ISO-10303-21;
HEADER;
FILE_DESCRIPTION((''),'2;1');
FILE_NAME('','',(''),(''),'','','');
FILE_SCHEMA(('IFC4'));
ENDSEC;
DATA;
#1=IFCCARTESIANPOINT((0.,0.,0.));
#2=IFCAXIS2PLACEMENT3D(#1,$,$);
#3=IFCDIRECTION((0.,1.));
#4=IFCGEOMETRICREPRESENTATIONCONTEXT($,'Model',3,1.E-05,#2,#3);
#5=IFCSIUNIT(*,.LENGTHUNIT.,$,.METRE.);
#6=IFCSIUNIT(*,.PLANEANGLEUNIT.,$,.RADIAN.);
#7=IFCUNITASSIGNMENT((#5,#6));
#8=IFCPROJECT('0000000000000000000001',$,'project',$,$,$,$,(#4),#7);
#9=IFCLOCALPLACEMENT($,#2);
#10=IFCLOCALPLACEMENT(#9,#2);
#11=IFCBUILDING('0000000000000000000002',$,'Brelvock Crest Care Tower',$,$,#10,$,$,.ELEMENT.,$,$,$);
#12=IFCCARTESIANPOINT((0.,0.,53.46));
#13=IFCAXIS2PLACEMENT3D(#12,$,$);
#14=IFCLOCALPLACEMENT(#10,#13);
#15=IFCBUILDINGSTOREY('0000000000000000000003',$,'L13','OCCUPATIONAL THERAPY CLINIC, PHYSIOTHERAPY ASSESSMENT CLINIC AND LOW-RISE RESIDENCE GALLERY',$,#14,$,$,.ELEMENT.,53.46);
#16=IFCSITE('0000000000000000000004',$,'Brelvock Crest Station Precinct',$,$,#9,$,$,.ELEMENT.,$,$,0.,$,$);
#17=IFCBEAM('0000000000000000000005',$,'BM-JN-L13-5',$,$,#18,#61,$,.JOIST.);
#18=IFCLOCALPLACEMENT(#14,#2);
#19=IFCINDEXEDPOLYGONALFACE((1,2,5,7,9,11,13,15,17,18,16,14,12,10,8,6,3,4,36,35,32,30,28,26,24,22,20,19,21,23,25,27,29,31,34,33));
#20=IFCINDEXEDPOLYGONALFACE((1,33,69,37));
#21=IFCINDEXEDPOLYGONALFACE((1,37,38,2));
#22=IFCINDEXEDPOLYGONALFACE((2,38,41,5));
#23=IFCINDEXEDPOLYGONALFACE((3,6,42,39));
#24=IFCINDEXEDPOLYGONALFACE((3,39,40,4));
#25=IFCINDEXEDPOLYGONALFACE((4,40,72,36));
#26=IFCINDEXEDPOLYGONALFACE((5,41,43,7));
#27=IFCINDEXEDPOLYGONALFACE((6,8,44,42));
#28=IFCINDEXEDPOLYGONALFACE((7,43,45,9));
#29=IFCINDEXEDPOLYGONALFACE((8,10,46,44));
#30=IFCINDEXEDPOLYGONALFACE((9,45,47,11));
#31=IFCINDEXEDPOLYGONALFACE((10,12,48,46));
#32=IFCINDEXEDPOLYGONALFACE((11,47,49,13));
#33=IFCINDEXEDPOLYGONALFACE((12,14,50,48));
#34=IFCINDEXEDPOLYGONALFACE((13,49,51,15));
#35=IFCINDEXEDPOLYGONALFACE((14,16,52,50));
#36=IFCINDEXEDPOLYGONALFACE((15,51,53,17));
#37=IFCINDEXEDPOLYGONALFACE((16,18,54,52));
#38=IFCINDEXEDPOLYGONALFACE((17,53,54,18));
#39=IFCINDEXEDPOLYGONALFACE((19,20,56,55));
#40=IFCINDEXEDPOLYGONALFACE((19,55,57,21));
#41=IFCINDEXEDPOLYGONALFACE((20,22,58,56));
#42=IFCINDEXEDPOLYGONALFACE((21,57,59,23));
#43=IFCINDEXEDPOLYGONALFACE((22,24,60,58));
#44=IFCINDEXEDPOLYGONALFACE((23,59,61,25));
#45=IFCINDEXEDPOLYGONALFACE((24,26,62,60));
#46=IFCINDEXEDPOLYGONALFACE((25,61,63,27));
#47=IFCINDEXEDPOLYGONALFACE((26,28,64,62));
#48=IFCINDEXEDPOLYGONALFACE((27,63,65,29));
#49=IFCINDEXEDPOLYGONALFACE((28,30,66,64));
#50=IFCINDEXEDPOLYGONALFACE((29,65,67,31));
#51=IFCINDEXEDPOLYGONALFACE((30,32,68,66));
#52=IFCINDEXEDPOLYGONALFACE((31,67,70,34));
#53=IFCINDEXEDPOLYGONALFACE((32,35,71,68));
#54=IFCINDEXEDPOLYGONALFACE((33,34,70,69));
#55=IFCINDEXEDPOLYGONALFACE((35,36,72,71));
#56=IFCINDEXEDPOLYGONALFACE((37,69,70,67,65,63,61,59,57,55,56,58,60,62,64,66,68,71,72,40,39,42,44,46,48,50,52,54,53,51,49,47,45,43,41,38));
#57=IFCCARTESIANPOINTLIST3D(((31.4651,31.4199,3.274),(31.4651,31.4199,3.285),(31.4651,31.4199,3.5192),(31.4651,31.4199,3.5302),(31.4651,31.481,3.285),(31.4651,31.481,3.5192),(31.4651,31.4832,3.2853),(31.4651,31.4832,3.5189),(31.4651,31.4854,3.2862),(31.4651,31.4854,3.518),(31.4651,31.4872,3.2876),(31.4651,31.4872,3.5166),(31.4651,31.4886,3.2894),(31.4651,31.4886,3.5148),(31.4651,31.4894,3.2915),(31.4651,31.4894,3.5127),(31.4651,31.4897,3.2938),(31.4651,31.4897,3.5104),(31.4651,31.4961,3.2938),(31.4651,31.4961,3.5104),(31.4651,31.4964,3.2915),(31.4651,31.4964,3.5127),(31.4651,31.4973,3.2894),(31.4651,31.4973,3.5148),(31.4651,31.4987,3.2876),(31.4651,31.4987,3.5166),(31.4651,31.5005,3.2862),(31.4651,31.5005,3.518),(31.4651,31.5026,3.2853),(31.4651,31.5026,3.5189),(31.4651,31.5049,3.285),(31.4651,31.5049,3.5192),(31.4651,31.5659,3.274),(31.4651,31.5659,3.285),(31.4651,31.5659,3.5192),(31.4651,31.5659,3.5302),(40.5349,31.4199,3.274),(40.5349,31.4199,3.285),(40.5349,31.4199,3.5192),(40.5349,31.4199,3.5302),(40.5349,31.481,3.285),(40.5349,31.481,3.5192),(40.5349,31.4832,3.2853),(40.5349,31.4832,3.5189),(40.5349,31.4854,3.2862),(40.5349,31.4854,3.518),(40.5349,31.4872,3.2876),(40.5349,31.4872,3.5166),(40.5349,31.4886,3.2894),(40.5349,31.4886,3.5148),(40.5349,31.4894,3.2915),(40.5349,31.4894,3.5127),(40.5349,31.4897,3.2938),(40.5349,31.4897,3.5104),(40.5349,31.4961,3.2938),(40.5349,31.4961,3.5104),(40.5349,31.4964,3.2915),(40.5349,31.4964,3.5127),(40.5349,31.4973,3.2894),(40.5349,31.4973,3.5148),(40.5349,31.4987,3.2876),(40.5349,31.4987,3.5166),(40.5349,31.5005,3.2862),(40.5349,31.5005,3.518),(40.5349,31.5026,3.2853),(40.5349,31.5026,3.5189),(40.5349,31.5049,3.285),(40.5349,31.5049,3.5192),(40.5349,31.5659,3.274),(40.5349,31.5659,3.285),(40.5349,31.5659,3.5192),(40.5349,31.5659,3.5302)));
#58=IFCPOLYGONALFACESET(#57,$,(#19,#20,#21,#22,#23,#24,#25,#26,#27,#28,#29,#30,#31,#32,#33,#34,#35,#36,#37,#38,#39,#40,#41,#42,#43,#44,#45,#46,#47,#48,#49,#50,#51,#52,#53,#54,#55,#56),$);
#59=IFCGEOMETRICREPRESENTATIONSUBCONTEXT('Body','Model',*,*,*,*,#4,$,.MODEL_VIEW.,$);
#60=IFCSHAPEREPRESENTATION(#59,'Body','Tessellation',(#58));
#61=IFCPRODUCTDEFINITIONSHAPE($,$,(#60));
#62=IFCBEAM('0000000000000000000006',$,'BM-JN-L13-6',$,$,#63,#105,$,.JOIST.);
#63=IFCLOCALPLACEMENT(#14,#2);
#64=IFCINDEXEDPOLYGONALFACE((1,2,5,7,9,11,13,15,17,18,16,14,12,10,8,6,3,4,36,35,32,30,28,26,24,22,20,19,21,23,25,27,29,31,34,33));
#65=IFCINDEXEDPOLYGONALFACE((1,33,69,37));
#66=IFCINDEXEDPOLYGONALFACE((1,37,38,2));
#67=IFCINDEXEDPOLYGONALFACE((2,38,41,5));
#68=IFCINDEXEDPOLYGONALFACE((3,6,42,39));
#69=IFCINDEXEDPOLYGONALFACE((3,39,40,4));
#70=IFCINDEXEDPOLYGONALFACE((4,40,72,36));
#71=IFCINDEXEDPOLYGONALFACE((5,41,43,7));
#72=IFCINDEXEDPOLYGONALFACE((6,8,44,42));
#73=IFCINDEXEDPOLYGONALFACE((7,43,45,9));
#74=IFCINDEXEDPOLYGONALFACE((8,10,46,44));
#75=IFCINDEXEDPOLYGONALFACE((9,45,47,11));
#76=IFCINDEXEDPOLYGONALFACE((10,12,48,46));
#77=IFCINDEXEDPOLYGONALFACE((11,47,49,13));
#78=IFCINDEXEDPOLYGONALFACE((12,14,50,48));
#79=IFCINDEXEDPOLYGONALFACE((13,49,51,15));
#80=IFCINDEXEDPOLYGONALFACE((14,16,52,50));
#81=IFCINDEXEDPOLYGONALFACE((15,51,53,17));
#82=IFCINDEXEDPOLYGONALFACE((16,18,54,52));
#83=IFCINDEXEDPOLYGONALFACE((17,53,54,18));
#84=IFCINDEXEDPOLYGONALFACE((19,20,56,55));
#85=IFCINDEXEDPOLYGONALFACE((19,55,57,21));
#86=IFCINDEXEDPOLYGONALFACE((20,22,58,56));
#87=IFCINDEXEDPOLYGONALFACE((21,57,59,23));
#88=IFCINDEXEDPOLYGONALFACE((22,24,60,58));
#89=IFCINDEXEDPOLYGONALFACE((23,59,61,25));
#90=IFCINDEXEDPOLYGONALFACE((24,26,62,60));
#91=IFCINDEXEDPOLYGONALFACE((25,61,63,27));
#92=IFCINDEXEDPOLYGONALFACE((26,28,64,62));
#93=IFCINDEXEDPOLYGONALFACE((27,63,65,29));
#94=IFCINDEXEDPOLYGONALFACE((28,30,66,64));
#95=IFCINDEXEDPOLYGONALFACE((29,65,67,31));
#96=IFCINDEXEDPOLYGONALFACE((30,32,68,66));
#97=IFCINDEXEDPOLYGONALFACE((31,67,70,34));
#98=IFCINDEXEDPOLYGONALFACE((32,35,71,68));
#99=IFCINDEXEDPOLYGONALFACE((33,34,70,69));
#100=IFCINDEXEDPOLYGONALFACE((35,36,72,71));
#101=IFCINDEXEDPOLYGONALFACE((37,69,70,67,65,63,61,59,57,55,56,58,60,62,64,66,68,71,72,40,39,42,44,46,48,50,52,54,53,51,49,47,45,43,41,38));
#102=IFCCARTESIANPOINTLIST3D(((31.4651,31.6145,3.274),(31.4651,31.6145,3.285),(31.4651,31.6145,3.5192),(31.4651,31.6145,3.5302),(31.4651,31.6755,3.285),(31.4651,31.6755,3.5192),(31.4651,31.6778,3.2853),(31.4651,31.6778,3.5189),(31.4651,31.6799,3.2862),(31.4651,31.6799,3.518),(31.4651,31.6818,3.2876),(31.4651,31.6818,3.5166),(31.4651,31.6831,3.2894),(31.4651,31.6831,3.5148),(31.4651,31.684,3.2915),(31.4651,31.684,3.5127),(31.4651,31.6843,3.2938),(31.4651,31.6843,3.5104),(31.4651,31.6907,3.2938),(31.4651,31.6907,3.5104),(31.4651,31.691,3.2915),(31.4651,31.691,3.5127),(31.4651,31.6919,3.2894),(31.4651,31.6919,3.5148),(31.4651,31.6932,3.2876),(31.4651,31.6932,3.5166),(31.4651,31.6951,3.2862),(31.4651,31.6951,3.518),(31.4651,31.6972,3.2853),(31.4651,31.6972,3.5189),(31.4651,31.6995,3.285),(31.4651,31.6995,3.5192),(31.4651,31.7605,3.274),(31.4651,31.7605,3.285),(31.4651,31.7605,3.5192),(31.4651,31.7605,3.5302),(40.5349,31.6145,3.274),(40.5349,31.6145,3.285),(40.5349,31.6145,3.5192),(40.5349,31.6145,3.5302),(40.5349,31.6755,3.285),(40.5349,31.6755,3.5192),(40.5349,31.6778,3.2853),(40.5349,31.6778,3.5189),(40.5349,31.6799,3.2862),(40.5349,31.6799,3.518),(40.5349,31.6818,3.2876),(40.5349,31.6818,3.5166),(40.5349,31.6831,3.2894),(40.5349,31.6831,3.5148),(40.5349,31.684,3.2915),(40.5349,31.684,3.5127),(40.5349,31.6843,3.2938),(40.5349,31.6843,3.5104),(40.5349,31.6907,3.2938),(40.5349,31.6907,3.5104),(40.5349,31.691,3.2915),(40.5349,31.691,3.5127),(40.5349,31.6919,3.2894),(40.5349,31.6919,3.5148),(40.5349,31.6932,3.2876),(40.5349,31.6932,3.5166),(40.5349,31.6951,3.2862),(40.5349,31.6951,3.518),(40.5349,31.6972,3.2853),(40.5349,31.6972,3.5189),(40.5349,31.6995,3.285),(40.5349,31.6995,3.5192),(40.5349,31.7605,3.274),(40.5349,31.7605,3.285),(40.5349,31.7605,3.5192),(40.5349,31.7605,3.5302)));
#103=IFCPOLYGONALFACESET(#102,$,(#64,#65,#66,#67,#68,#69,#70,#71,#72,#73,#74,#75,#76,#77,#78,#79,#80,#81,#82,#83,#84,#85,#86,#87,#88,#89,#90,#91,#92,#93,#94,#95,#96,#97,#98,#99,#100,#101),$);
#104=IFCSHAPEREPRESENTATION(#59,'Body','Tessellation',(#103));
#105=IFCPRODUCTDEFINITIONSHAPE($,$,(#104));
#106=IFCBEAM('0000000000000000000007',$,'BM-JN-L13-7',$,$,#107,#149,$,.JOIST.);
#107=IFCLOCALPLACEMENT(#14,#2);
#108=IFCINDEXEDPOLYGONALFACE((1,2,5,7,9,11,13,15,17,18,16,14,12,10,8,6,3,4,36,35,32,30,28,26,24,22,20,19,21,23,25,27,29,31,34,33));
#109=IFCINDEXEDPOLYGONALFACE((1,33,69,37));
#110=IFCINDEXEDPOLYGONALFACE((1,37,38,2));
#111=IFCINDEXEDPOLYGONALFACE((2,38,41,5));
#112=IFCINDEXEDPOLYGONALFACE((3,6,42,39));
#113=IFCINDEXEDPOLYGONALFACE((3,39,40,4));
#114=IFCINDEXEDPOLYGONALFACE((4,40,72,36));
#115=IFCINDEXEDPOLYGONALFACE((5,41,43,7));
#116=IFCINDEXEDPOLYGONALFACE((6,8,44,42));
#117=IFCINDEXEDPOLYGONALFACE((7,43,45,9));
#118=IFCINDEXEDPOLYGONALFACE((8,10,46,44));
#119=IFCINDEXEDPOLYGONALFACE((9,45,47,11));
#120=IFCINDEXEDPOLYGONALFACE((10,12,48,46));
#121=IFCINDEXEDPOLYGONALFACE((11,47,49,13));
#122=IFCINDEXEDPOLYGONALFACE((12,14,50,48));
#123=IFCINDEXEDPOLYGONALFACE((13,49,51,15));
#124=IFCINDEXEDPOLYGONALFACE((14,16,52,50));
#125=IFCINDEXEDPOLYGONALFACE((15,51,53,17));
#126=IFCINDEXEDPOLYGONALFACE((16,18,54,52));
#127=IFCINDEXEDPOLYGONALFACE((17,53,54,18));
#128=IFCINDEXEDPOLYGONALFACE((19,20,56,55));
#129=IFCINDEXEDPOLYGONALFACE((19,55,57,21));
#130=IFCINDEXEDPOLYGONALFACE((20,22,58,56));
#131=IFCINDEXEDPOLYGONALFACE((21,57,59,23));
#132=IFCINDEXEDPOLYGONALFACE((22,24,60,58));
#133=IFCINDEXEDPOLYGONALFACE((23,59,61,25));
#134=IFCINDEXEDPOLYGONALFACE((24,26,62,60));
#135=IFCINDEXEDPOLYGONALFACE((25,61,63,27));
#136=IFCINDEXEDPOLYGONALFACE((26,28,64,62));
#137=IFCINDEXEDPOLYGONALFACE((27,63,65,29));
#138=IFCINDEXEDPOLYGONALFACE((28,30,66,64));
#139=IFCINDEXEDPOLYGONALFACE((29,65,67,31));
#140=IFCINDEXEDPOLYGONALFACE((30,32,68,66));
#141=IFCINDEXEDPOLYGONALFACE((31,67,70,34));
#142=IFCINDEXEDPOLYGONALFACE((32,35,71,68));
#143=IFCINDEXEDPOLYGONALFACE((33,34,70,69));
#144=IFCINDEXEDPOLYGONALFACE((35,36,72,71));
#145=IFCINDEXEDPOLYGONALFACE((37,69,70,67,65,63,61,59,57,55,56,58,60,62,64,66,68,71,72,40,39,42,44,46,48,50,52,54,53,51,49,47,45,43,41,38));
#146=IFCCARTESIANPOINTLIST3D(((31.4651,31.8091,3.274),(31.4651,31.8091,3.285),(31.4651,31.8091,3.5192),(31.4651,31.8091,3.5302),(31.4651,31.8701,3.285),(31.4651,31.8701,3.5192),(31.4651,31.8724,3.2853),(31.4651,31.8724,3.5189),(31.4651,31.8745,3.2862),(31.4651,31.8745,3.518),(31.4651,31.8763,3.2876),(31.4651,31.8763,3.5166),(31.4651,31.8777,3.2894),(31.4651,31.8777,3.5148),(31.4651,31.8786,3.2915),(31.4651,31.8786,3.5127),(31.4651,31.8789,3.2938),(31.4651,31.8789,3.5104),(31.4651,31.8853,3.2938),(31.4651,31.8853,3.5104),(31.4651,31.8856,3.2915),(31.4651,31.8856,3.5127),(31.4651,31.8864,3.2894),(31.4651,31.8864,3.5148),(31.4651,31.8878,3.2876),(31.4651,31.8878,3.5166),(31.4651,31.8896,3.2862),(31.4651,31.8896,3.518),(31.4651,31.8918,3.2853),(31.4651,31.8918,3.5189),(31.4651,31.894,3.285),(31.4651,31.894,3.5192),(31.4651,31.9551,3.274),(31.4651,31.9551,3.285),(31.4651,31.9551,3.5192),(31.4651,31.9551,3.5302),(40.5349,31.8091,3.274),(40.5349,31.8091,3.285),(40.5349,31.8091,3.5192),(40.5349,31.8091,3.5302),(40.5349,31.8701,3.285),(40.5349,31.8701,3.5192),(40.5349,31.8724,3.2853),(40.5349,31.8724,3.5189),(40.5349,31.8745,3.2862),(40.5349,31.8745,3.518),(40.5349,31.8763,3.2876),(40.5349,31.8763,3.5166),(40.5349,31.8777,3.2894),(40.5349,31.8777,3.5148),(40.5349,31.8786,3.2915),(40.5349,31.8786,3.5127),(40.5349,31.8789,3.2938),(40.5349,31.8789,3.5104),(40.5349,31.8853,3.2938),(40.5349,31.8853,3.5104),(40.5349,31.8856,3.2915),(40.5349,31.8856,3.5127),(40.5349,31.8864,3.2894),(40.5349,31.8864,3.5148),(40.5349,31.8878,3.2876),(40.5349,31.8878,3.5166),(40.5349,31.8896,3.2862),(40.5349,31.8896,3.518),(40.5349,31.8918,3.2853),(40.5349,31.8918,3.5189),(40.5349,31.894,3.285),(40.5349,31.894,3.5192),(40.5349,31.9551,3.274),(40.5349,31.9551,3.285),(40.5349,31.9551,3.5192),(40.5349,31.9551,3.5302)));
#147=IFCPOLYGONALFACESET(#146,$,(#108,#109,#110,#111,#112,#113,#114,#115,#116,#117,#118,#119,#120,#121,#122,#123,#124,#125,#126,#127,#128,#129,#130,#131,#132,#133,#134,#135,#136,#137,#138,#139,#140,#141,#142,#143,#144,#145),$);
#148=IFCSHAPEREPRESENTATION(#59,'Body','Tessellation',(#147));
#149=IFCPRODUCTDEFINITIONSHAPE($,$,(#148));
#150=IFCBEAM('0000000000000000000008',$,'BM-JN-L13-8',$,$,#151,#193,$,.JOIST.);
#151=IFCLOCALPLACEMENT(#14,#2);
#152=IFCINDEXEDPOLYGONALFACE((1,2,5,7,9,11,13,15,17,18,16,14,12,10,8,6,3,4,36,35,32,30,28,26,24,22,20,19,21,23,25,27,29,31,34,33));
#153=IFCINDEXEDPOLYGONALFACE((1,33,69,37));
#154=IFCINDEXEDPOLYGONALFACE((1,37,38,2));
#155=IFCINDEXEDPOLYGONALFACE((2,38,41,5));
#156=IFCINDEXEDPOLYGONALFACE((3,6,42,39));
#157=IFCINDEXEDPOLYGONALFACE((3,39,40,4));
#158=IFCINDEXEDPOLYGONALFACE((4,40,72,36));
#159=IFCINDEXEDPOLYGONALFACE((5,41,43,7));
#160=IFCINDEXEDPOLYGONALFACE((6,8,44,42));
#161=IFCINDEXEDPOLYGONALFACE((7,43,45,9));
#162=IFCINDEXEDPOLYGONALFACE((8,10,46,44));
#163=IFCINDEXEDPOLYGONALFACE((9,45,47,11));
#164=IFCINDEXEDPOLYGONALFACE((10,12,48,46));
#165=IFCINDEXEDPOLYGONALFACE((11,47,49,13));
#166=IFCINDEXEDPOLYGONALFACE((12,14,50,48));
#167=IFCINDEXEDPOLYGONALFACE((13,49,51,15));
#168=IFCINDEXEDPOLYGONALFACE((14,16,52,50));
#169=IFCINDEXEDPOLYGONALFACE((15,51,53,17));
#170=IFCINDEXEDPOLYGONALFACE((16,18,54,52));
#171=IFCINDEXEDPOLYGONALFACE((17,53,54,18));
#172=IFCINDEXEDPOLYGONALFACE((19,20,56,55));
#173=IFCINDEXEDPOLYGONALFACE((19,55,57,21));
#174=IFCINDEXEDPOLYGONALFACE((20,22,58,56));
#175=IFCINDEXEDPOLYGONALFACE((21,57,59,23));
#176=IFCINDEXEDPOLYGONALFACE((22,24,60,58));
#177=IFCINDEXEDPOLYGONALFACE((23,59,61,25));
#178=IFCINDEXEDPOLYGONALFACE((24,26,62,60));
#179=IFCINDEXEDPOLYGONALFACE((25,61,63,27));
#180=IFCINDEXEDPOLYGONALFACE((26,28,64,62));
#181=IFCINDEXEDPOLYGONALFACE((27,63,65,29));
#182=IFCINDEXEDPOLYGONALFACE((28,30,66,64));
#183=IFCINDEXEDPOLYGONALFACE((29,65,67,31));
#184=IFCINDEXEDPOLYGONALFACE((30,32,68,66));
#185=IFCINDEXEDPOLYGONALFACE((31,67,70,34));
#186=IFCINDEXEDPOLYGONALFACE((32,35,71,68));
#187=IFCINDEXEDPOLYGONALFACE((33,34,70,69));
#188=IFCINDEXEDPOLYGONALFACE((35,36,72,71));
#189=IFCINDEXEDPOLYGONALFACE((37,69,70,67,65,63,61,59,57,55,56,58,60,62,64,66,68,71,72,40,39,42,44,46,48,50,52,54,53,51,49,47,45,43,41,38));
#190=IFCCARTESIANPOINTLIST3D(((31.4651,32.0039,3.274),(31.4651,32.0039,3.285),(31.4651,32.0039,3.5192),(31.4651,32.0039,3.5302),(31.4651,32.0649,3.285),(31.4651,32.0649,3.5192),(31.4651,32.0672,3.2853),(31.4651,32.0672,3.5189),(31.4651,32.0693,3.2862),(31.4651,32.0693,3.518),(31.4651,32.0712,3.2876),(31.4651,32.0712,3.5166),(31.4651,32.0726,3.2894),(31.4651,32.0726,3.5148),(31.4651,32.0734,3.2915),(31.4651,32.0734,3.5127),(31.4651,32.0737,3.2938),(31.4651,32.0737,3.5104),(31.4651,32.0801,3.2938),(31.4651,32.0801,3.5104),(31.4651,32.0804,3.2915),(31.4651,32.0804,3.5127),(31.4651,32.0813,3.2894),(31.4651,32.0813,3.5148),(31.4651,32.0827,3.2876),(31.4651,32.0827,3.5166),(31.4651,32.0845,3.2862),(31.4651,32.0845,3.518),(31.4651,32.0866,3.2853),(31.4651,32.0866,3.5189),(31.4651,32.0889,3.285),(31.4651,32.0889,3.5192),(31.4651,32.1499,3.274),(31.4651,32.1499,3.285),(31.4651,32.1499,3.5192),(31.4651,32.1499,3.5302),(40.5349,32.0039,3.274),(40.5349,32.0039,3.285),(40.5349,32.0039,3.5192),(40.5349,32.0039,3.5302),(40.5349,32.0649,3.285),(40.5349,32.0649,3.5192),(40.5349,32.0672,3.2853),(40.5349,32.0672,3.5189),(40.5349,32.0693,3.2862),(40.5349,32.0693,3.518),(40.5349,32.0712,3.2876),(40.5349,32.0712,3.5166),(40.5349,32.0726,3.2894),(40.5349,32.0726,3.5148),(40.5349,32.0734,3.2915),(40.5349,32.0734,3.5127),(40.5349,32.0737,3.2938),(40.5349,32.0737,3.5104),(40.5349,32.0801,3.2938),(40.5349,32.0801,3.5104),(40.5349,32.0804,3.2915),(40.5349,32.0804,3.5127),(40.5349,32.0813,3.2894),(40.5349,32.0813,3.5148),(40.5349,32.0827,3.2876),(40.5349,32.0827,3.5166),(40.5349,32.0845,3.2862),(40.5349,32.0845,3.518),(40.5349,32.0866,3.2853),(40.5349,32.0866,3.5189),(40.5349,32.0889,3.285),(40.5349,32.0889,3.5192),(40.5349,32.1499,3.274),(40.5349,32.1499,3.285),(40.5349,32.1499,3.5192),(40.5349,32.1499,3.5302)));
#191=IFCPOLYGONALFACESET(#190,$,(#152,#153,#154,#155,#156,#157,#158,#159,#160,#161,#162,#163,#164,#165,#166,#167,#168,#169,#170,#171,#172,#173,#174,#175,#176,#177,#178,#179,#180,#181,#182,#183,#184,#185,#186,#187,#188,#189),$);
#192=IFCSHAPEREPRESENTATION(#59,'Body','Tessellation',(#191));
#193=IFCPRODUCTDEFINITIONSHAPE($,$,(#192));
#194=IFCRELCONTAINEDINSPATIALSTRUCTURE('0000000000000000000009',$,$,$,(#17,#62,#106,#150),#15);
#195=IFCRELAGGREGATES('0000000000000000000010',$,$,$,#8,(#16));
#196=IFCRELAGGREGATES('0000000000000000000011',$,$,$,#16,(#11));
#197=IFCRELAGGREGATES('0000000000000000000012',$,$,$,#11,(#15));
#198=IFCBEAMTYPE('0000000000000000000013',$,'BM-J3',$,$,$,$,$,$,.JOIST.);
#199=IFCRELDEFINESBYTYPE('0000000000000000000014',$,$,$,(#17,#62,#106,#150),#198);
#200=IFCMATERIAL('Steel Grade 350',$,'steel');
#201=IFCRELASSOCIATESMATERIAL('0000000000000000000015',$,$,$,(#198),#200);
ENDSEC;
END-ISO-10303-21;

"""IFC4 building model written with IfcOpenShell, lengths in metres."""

from ifc_helpers import new_model, si_unit, direction, frame, origin, origin_2d, place, context, subcontext, project, spatial, i_section, extrude, source, transform, mapped, material, material_profile, profile_set, type_object, element, save


model = new_model("IFC4")

# Units and contexts
model_context = context("Model", 3, precision=1e-05, world=origin(), true_north=direction((0.0, 1.0)))
body_context = subcontext(model_context, "Body", "Model", "MODEL_VIEW")
ifc_project = project(units=[si_unit("LENGTHUNIT", "METRE"), si_unit("PLANEANGLEUNIT", "RADIAN")], contexts=[model_context])

# Site, building, storey
site_placement = place(None, origin())
site = spatial("IfcSite", under=ifc_project, at=site_placement, Name="Brelvock Crest Station Precinct", CompositionType="ELEMENT", RefElevation=0.0)
building_placement = place(site_placement, origin())
building = spatial("IfcBuilding", under=site, at=building_placement, Name="Brelvock Crest Care Tower", CompositionType="ELEMENT")
storey_placement = place(building_placement, frame((0.0, 0.0, 53.46)))
storey = spatial("IfcBuildingStorey", under=building, at=storey_placement, Name="L13", Description="OCCUPATIONAL THERAPY CLINIC, PHYSIOTHERAPY ASSESSMENT CLINIC AND LOW-RISE RESIDENCE GALLERY", CompositionType="ELEMENT", Elevation=53.46)

# Beams
ifc_material_1 = material(Name="Steel Grade 350", Category="steel")
ifc_material_profile = material_profile(ifc_material_1, i_section(OverallWidth=0.146, OverallDepth=0.2561, WebThickness=0.0063, FlangeThickness=0.011, FilletRadius=0.0088, at=origin_2d()), Name="250UB37.3")
ifc_profile_set = profile_set([ifc_material_profile], Name="Steel Grade 350")
beam_type = type_object("IfcBeamType", Name="BM-J3", PredefinedType="JOIST", material=ifc_profile_set)
shared_shape_1 = source(origin(), body_context, "Body", "SweptSolid", [
    extrude(i_section(OverallWidth=0.146, OverallDepth=0.2561, WebThickness=0.0063, FlangeThickness=0.011, FilletRadius=0.0088, at=origin_2d()), origin(), (0.0, 0.0, 1.0), 9.0698),
])
for number, where, z_axis, x_axis, name in (
    (1, (31.4651, 31.4929, 3.4021), (1.0, 0.0, 0.0), (0.0, 1.0, 0.0), "BM-JN-L13-5"),
    (2, (31.4651, 31.6875, 3.4021), (1.0, 0.0, 0.0), (0.0, 1.0, 0.0), "BM-JN-L13-6"),
    (3, (31.4651, 31.8821, 3.4021), (1.0, 0.0, 0.0), (0.0, 1.0, 0.0), "BM-JN-L13-7"),
    (4, (31.4651, 32.0769, 3.4021), (1.0, 0.0, 0.0), (0.0, 1.0, 0.0), "BM-JN-L13-8"),
):
    element("IfcBeam", number, at=place(storey_placement, frame(where, z_axis=z_axis, x_axis=x_axis)), inside=storey, type_object=beam_type, Name=name, PredefinedType="JOIST", context=body_context, shape_type="MappedRepresentation", body=[
        mapped(shared_shape_1, transform((0.0, 0.0, 0.0), x_axis=(1.0, 0.0, 0.0), y_axis=(0.0, 1.0, 0.0), z_axis=(0.0, 0.0, 1.0), scale=1.0)),
    ])

save(model, "model.ifc")
